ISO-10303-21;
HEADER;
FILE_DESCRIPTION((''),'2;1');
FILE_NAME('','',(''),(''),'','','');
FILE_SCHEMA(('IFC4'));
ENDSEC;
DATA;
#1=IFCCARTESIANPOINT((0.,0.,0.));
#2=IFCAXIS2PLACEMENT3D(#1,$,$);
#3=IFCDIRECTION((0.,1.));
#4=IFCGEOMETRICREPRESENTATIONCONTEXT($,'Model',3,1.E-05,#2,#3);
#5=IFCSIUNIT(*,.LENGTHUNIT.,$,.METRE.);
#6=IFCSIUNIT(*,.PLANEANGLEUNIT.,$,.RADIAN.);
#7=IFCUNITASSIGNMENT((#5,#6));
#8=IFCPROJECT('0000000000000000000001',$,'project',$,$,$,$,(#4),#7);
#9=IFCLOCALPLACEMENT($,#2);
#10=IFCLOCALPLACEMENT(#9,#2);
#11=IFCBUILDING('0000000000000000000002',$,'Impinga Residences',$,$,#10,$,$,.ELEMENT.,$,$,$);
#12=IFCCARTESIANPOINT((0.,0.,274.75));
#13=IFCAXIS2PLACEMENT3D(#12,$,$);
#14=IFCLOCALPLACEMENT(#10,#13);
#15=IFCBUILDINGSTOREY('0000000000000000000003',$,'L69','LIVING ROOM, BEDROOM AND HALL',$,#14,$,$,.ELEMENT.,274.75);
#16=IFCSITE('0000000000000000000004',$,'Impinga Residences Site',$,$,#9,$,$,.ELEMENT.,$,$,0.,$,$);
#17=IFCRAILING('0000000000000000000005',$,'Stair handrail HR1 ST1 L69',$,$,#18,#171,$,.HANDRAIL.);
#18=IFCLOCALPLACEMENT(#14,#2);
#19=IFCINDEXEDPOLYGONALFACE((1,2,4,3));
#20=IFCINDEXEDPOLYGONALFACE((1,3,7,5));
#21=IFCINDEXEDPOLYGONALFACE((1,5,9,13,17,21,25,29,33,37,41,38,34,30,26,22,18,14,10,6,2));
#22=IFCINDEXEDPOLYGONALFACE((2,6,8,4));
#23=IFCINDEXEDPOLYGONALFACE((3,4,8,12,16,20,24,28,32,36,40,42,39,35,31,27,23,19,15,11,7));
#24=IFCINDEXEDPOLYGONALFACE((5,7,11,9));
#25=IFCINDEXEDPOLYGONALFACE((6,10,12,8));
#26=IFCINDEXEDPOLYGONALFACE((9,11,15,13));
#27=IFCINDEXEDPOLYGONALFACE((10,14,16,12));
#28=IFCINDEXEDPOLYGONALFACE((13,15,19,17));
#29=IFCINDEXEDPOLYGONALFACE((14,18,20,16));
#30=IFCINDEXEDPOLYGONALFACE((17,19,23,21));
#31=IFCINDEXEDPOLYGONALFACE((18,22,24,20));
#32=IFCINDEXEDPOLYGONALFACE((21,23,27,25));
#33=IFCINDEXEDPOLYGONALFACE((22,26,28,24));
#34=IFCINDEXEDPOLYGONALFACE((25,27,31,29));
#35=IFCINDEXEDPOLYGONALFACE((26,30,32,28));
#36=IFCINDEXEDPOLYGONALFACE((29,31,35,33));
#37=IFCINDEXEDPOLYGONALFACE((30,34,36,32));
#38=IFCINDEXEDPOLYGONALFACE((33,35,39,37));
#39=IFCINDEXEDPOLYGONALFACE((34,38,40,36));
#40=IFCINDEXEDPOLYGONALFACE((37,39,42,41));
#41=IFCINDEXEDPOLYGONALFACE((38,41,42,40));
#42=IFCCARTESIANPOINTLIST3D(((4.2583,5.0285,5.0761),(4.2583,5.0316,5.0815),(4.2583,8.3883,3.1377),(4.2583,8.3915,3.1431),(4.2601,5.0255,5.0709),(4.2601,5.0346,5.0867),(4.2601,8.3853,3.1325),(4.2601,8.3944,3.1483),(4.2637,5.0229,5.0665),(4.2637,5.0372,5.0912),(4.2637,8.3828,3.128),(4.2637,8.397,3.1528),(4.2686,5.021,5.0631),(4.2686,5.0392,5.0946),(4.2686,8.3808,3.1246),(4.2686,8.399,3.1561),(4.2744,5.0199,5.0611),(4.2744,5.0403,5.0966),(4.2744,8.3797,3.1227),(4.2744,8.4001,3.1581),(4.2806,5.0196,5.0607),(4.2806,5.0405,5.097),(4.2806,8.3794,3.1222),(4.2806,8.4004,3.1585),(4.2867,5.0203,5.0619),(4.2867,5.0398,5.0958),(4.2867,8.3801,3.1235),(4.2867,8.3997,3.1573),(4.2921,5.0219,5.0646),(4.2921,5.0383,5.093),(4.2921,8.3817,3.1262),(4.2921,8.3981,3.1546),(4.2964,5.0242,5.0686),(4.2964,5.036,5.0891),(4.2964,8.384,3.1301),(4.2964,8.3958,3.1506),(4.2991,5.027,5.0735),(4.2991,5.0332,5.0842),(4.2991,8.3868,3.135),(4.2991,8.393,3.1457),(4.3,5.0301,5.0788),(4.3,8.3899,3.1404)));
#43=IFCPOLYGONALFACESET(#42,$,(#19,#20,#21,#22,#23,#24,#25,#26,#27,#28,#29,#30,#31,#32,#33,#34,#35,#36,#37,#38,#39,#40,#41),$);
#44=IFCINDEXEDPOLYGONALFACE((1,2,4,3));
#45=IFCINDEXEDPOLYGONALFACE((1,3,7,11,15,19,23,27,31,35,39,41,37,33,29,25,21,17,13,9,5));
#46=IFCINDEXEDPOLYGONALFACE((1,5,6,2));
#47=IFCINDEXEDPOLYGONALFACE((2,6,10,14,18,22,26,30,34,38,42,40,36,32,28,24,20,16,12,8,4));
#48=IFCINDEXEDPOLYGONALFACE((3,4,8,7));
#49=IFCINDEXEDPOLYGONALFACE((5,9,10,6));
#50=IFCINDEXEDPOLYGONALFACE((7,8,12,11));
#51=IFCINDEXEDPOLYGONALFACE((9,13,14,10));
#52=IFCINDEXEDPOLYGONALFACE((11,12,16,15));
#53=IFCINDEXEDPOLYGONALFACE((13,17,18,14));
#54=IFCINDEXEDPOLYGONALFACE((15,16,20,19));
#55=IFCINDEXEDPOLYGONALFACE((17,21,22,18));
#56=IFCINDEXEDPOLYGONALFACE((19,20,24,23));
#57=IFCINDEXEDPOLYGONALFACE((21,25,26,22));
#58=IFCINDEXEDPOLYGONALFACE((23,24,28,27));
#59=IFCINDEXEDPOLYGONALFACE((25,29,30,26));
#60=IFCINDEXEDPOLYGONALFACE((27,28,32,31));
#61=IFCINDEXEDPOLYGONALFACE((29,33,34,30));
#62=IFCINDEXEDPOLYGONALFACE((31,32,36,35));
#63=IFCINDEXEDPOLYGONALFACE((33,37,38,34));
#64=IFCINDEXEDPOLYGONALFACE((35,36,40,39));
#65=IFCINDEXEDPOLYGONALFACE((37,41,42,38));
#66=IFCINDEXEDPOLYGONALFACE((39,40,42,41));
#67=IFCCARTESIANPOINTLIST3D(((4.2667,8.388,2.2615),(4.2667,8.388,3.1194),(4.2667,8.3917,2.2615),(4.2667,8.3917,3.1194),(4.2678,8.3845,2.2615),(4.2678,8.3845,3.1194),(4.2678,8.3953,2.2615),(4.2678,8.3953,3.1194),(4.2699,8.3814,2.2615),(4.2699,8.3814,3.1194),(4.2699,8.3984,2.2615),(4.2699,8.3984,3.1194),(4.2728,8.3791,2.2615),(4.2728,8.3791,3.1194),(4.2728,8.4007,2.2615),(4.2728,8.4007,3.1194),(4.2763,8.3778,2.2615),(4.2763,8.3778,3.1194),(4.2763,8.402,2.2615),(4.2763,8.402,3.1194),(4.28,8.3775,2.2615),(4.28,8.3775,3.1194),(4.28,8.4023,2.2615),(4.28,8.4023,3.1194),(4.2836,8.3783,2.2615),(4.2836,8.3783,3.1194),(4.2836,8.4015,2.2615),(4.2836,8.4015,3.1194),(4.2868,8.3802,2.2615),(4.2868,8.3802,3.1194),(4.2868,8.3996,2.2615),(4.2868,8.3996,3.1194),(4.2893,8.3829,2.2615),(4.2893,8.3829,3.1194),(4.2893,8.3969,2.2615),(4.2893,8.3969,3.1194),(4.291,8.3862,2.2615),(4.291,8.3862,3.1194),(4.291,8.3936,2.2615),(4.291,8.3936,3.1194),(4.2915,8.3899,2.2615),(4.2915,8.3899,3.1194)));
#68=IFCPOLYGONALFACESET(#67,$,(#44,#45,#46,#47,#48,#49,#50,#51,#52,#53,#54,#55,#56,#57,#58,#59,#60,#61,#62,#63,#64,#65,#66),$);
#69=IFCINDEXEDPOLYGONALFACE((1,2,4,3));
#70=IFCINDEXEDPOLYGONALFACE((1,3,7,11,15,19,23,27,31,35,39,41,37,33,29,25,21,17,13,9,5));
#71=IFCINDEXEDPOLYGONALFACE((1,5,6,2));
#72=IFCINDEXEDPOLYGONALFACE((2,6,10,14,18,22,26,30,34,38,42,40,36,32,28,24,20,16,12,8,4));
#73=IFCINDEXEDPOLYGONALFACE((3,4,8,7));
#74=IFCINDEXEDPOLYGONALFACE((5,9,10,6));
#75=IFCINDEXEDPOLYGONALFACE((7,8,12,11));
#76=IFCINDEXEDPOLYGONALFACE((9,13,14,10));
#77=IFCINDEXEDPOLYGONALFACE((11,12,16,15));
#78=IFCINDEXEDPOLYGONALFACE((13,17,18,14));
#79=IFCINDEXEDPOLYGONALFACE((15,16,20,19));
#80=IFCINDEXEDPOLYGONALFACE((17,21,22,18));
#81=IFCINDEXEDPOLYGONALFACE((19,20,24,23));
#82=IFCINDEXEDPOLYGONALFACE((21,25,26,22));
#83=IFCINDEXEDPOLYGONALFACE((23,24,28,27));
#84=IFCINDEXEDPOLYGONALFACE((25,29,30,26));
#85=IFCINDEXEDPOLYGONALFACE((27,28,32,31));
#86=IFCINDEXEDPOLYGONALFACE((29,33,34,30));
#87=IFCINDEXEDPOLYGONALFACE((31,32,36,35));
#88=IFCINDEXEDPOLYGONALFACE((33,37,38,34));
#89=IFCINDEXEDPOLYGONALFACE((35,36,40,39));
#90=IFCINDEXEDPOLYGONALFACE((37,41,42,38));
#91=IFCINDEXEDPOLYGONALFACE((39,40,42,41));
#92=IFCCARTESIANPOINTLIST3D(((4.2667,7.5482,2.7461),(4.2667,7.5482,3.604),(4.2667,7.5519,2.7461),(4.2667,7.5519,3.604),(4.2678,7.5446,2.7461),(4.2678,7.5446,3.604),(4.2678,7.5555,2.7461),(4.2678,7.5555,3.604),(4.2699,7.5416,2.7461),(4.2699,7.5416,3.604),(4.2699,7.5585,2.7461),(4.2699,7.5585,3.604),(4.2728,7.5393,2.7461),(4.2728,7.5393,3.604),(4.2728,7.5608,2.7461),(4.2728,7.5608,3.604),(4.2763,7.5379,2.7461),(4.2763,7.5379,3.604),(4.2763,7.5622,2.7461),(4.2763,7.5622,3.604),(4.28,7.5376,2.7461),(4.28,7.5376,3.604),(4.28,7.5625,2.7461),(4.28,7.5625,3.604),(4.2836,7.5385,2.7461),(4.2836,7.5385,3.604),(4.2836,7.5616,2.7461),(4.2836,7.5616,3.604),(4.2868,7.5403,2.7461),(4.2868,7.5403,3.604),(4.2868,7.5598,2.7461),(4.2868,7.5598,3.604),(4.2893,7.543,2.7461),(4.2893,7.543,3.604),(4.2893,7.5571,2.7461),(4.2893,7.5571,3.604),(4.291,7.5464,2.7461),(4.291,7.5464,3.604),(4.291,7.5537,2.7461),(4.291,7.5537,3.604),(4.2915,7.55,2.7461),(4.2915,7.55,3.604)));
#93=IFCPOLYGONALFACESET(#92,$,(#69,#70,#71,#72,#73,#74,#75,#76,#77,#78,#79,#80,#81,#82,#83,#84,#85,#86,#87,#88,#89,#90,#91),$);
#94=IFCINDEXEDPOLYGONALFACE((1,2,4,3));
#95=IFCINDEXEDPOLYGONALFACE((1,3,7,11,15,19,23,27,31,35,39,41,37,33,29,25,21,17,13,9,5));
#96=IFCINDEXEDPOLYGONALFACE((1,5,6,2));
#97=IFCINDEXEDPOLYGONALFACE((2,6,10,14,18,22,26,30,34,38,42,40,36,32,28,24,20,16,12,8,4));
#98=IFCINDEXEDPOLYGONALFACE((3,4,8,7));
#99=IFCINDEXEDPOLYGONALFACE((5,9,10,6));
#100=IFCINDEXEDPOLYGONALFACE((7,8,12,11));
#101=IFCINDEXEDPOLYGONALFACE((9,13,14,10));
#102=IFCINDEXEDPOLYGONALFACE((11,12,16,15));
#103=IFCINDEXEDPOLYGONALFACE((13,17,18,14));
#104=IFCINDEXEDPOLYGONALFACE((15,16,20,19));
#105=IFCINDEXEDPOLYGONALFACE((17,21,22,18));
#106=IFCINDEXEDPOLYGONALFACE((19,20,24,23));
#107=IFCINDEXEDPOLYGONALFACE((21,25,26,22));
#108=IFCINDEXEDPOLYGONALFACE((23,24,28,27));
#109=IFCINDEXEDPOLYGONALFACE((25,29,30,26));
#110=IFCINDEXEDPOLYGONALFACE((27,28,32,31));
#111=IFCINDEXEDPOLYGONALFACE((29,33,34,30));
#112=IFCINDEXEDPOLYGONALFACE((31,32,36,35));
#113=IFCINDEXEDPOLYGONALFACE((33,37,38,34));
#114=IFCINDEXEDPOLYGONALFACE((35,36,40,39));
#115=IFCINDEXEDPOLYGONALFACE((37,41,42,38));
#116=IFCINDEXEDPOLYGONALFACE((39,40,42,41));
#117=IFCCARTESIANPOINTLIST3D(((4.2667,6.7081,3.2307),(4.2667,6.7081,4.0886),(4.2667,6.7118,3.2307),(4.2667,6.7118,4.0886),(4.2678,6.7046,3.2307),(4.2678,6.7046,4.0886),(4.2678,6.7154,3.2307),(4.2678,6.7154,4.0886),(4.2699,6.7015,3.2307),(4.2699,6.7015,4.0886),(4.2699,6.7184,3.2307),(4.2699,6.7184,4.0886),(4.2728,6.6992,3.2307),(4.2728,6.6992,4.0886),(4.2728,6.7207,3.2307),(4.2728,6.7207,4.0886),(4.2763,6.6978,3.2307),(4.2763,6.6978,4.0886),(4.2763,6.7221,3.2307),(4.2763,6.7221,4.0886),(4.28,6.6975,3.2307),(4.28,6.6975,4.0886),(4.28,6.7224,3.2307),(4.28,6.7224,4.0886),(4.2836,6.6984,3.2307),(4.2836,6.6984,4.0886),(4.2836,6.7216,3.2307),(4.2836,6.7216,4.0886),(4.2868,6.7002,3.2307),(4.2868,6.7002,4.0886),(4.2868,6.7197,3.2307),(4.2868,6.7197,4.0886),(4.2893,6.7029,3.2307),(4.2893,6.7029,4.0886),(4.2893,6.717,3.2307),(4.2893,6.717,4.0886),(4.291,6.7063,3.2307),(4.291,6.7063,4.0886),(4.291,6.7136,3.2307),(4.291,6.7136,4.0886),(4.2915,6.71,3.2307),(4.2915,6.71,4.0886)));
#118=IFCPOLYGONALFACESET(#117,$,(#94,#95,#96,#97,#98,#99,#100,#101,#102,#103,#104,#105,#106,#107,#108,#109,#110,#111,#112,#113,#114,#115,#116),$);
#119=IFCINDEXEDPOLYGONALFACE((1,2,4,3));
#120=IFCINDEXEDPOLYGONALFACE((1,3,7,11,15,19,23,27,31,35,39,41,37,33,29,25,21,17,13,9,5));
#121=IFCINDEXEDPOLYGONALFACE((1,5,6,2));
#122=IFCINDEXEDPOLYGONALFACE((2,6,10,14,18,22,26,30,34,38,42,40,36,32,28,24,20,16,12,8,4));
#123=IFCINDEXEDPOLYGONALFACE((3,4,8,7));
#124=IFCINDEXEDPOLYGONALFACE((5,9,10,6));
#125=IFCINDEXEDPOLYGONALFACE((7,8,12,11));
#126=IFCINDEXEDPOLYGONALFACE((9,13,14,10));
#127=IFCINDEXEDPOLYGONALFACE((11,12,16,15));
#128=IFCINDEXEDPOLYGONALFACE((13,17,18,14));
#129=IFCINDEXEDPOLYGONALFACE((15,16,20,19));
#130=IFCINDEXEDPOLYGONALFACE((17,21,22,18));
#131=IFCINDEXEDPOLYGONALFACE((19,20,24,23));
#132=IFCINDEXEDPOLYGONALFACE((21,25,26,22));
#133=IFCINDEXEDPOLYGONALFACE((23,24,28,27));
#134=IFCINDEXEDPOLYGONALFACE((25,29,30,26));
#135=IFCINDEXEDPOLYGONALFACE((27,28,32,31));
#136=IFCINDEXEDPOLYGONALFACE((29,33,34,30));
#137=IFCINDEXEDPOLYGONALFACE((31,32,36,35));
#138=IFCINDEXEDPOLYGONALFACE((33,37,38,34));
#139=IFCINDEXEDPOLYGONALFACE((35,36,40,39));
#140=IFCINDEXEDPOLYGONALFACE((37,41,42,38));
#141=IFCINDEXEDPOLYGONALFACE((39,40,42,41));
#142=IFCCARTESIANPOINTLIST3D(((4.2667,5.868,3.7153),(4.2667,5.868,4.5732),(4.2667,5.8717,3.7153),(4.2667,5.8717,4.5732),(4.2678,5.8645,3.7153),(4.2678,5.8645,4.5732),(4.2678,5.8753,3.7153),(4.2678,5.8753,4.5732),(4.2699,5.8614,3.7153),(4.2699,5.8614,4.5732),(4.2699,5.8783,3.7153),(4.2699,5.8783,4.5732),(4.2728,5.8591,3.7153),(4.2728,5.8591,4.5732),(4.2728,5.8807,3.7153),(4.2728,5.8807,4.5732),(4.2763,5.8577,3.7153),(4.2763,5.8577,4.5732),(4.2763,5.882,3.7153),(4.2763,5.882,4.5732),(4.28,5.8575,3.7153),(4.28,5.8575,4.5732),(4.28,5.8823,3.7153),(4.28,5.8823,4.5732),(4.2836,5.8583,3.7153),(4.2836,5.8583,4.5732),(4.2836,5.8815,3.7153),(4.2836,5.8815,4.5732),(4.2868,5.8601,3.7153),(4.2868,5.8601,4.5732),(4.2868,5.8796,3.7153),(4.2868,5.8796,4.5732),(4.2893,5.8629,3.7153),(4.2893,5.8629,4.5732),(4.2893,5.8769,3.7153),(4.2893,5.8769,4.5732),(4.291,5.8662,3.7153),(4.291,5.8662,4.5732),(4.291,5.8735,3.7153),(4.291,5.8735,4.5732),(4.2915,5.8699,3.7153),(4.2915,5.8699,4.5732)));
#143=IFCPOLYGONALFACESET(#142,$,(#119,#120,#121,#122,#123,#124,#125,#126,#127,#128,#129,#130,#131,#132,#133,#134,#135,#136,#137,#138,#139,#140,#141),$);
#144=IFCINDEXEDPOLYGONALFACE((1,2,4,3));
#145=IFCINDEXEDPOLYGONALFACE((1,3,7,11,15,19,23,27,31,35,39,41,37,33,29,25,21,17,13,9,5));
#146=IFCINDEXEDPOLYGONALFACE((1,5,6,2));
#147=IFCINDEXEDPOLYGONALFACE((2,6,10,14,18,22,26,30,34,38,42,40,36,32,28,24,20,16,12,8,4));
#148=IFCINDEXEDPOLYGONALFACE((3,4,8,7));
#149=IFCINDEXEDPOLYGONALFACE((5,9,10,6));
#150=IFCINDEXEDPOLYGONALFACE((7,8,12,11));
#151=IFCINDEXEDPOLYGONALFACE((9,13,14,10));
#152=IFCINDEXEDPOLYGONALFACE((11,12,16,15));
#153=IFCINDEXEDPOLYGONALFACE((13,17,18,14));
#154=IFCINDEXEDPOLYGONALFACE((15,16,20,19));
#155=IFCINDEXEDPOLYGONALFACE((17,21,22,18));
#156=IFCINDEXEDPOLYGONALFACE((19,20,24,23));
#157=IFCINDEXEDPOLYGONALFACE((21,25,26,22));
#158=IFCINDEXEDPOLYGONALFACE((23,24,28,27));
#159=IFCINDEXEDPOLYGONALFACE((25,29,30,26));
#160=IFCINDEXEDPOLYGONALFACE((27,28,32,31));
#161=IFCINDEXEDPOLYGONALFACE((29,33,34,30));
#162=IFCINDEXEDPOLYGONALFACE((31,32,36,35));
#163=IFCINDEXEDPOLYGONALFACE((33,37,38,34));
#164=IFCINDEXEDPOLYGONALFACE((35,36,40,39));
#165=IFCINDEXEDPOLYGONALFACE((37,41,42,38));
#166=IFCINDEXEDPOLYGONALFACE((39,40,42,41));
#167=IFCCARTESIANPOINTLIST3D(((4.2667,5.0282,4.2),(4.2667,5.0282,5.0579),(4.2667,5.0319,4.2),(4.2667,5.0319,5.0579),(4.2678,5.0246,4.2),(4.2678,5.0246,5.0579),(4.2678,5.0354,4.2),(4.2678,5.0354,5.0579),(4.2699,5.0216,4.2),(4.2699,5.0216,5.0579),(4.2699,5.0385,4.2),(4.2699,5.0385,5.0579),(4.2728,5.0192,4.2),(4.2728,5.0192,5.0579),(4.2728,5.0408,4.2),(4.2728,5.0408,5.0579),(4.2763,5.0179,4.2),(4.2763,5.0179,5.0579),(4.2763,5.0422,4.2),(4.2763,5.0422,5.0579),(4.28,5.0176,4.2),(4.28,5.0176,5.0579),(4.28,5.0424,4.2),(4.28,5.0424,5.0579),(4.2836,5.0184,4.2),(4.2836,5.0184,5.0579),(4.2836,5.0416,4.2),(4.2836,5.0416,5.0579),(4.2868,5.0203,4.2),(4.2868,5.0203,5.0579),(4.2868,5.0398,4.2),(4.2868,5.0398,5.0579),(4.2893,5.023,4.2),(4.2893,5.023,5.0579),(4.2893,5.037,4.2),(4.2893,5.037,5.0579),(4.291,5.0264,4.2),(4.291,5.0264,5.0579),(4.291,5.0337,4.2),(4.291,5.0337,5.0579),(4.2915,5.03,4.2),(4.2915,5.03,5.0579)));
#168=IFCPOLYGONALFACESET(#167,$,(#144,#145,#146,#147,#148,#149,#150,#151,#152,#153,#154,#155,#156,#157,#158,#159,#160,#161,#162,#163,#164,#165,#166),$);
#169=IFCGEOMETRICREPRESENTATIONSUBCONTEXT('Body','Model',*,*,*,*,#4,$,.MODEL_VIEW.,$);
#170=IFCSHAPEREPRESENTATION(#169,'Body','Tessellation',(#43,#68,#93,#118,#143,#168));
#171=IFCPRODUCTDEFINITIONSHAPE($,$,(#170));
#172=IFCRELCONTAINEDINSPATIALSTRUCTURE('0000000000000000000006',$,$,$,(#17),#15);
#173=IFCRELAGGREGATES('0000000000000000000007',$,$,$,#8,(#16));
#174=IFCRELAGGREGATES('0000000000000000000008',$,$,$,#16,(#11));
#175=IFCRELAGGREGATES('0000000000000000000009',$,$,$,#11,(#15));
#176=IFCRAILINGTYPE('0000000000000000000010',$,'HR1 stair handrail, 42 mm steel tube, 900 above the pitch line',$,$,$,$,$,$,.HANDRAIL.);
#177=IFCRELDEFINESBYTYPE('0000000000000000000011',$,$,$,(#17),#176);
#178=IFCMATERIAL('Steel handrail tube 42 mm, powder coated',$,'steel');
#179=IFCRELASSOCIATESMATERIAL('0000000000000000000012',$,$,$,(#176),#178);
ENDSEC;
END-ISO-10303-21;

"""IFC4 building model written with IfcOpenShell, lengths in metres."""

from ifc_helpers import new_model, si_unit, direction, frame, origin, origin_2d, place, context, subcontext, project, spatial, circle, extrude, material, type_object, element, save


model = new_model("IFC4")

# Units and contexts
model_context = context("Model", 3, precision=1e-05, world=origin(), true_north=direction((0.0, 1.0)))
body_context = subcontext(model_context, "Body", "Model", "MODEL_VIEW")
ifc_project = project(units=[si_unit("LENGTHUNIT", "METRE"), si_unit("PLANEANGLEUNIT", "RADIAN")], contexts=[model_context])

# Site, building, storey
site_placement = place(None, origin())
site = spatial("IfcSite", under=ifc_project, at=site_placement, Name="Impinga Residences Site", CompositionType="ELEMENT", RefElevation=0.0)
building_placement = place(site_placement, origin())
building = spatial("IfcBuilding", under=site, at=building_placement, Name="Impinga Residences", CompositionType="ELEMENT")
storey_placement = place(building_placement, frame((0.0, 0.0, 274.75)))
storey = spatial("IfcBuildingStorey", under=building, at=storey_placement, Name="L69", Description="LIVING ROOM, BEDROOM AND HALL", CompositionType="ELEMENT", Elevation=274.75)

# Railing
ifc_material_1 = material(Name="Steel handrail tube 42 mm, powder coated", Category="steel")
railing_type_1 = type_object("IfcRailingType", Name="HR1 stair handrail, 42 mm steel tube, 900 above the pitch line", PredefinedType="HANDRAIL", material=ifc_material_1)
railing_1_placement = place(storey_placement, frame((4.2791, 8.3899, 2.2615)))
element("IfcRailing", 1, at=railing_1_placement, inside=storey, type_object=railing_type_1, Name="Stair handrail HR1 ST1 L69", PredefinedType="HANDRAIL", context=body_context, shape_type="SweptSolid", body=[
    extrude(circle(Radius=0.021, at=origin_2d()), frame((0.0, 0.0, 0.8789), z_axis=(0.0, -0.866175, 0.499741), x_axis=(1.0, 0.0, 0.0)), (0.0, 0.0, 1.0), 3.8789),
    extrude(circle(Radius=0.0125, at=origin_2d()), origin(), (0.0, 0.0, 1.0), 0.8579),
    extrude(circle(Radius=0.0125, at=origin_2d()), frame((0.0, -0.8398, 0.4846)), (0.0, 0.0, 1.0), 0.8579),
    extrude(circle(Radius=0.0125, at=origin_2d()), frame((0.0, -1.6799, 0.9692)), (0.0, 0.0, 1.0), 0.8579),
    extrude(circle(Radius=0.0125, at=origin_2d()), frame((0.0, -2.52, 1.4539)), (0.0, 0.0, 1.0), 0.8579),
    extrude(circle(Radius=0.0125, at=origin_2d()), frame((0.0, -3.3599, 1.9385)), (0.0, 0.0, 1.0), 0.8579),
])

save(model, "model.ifc")
